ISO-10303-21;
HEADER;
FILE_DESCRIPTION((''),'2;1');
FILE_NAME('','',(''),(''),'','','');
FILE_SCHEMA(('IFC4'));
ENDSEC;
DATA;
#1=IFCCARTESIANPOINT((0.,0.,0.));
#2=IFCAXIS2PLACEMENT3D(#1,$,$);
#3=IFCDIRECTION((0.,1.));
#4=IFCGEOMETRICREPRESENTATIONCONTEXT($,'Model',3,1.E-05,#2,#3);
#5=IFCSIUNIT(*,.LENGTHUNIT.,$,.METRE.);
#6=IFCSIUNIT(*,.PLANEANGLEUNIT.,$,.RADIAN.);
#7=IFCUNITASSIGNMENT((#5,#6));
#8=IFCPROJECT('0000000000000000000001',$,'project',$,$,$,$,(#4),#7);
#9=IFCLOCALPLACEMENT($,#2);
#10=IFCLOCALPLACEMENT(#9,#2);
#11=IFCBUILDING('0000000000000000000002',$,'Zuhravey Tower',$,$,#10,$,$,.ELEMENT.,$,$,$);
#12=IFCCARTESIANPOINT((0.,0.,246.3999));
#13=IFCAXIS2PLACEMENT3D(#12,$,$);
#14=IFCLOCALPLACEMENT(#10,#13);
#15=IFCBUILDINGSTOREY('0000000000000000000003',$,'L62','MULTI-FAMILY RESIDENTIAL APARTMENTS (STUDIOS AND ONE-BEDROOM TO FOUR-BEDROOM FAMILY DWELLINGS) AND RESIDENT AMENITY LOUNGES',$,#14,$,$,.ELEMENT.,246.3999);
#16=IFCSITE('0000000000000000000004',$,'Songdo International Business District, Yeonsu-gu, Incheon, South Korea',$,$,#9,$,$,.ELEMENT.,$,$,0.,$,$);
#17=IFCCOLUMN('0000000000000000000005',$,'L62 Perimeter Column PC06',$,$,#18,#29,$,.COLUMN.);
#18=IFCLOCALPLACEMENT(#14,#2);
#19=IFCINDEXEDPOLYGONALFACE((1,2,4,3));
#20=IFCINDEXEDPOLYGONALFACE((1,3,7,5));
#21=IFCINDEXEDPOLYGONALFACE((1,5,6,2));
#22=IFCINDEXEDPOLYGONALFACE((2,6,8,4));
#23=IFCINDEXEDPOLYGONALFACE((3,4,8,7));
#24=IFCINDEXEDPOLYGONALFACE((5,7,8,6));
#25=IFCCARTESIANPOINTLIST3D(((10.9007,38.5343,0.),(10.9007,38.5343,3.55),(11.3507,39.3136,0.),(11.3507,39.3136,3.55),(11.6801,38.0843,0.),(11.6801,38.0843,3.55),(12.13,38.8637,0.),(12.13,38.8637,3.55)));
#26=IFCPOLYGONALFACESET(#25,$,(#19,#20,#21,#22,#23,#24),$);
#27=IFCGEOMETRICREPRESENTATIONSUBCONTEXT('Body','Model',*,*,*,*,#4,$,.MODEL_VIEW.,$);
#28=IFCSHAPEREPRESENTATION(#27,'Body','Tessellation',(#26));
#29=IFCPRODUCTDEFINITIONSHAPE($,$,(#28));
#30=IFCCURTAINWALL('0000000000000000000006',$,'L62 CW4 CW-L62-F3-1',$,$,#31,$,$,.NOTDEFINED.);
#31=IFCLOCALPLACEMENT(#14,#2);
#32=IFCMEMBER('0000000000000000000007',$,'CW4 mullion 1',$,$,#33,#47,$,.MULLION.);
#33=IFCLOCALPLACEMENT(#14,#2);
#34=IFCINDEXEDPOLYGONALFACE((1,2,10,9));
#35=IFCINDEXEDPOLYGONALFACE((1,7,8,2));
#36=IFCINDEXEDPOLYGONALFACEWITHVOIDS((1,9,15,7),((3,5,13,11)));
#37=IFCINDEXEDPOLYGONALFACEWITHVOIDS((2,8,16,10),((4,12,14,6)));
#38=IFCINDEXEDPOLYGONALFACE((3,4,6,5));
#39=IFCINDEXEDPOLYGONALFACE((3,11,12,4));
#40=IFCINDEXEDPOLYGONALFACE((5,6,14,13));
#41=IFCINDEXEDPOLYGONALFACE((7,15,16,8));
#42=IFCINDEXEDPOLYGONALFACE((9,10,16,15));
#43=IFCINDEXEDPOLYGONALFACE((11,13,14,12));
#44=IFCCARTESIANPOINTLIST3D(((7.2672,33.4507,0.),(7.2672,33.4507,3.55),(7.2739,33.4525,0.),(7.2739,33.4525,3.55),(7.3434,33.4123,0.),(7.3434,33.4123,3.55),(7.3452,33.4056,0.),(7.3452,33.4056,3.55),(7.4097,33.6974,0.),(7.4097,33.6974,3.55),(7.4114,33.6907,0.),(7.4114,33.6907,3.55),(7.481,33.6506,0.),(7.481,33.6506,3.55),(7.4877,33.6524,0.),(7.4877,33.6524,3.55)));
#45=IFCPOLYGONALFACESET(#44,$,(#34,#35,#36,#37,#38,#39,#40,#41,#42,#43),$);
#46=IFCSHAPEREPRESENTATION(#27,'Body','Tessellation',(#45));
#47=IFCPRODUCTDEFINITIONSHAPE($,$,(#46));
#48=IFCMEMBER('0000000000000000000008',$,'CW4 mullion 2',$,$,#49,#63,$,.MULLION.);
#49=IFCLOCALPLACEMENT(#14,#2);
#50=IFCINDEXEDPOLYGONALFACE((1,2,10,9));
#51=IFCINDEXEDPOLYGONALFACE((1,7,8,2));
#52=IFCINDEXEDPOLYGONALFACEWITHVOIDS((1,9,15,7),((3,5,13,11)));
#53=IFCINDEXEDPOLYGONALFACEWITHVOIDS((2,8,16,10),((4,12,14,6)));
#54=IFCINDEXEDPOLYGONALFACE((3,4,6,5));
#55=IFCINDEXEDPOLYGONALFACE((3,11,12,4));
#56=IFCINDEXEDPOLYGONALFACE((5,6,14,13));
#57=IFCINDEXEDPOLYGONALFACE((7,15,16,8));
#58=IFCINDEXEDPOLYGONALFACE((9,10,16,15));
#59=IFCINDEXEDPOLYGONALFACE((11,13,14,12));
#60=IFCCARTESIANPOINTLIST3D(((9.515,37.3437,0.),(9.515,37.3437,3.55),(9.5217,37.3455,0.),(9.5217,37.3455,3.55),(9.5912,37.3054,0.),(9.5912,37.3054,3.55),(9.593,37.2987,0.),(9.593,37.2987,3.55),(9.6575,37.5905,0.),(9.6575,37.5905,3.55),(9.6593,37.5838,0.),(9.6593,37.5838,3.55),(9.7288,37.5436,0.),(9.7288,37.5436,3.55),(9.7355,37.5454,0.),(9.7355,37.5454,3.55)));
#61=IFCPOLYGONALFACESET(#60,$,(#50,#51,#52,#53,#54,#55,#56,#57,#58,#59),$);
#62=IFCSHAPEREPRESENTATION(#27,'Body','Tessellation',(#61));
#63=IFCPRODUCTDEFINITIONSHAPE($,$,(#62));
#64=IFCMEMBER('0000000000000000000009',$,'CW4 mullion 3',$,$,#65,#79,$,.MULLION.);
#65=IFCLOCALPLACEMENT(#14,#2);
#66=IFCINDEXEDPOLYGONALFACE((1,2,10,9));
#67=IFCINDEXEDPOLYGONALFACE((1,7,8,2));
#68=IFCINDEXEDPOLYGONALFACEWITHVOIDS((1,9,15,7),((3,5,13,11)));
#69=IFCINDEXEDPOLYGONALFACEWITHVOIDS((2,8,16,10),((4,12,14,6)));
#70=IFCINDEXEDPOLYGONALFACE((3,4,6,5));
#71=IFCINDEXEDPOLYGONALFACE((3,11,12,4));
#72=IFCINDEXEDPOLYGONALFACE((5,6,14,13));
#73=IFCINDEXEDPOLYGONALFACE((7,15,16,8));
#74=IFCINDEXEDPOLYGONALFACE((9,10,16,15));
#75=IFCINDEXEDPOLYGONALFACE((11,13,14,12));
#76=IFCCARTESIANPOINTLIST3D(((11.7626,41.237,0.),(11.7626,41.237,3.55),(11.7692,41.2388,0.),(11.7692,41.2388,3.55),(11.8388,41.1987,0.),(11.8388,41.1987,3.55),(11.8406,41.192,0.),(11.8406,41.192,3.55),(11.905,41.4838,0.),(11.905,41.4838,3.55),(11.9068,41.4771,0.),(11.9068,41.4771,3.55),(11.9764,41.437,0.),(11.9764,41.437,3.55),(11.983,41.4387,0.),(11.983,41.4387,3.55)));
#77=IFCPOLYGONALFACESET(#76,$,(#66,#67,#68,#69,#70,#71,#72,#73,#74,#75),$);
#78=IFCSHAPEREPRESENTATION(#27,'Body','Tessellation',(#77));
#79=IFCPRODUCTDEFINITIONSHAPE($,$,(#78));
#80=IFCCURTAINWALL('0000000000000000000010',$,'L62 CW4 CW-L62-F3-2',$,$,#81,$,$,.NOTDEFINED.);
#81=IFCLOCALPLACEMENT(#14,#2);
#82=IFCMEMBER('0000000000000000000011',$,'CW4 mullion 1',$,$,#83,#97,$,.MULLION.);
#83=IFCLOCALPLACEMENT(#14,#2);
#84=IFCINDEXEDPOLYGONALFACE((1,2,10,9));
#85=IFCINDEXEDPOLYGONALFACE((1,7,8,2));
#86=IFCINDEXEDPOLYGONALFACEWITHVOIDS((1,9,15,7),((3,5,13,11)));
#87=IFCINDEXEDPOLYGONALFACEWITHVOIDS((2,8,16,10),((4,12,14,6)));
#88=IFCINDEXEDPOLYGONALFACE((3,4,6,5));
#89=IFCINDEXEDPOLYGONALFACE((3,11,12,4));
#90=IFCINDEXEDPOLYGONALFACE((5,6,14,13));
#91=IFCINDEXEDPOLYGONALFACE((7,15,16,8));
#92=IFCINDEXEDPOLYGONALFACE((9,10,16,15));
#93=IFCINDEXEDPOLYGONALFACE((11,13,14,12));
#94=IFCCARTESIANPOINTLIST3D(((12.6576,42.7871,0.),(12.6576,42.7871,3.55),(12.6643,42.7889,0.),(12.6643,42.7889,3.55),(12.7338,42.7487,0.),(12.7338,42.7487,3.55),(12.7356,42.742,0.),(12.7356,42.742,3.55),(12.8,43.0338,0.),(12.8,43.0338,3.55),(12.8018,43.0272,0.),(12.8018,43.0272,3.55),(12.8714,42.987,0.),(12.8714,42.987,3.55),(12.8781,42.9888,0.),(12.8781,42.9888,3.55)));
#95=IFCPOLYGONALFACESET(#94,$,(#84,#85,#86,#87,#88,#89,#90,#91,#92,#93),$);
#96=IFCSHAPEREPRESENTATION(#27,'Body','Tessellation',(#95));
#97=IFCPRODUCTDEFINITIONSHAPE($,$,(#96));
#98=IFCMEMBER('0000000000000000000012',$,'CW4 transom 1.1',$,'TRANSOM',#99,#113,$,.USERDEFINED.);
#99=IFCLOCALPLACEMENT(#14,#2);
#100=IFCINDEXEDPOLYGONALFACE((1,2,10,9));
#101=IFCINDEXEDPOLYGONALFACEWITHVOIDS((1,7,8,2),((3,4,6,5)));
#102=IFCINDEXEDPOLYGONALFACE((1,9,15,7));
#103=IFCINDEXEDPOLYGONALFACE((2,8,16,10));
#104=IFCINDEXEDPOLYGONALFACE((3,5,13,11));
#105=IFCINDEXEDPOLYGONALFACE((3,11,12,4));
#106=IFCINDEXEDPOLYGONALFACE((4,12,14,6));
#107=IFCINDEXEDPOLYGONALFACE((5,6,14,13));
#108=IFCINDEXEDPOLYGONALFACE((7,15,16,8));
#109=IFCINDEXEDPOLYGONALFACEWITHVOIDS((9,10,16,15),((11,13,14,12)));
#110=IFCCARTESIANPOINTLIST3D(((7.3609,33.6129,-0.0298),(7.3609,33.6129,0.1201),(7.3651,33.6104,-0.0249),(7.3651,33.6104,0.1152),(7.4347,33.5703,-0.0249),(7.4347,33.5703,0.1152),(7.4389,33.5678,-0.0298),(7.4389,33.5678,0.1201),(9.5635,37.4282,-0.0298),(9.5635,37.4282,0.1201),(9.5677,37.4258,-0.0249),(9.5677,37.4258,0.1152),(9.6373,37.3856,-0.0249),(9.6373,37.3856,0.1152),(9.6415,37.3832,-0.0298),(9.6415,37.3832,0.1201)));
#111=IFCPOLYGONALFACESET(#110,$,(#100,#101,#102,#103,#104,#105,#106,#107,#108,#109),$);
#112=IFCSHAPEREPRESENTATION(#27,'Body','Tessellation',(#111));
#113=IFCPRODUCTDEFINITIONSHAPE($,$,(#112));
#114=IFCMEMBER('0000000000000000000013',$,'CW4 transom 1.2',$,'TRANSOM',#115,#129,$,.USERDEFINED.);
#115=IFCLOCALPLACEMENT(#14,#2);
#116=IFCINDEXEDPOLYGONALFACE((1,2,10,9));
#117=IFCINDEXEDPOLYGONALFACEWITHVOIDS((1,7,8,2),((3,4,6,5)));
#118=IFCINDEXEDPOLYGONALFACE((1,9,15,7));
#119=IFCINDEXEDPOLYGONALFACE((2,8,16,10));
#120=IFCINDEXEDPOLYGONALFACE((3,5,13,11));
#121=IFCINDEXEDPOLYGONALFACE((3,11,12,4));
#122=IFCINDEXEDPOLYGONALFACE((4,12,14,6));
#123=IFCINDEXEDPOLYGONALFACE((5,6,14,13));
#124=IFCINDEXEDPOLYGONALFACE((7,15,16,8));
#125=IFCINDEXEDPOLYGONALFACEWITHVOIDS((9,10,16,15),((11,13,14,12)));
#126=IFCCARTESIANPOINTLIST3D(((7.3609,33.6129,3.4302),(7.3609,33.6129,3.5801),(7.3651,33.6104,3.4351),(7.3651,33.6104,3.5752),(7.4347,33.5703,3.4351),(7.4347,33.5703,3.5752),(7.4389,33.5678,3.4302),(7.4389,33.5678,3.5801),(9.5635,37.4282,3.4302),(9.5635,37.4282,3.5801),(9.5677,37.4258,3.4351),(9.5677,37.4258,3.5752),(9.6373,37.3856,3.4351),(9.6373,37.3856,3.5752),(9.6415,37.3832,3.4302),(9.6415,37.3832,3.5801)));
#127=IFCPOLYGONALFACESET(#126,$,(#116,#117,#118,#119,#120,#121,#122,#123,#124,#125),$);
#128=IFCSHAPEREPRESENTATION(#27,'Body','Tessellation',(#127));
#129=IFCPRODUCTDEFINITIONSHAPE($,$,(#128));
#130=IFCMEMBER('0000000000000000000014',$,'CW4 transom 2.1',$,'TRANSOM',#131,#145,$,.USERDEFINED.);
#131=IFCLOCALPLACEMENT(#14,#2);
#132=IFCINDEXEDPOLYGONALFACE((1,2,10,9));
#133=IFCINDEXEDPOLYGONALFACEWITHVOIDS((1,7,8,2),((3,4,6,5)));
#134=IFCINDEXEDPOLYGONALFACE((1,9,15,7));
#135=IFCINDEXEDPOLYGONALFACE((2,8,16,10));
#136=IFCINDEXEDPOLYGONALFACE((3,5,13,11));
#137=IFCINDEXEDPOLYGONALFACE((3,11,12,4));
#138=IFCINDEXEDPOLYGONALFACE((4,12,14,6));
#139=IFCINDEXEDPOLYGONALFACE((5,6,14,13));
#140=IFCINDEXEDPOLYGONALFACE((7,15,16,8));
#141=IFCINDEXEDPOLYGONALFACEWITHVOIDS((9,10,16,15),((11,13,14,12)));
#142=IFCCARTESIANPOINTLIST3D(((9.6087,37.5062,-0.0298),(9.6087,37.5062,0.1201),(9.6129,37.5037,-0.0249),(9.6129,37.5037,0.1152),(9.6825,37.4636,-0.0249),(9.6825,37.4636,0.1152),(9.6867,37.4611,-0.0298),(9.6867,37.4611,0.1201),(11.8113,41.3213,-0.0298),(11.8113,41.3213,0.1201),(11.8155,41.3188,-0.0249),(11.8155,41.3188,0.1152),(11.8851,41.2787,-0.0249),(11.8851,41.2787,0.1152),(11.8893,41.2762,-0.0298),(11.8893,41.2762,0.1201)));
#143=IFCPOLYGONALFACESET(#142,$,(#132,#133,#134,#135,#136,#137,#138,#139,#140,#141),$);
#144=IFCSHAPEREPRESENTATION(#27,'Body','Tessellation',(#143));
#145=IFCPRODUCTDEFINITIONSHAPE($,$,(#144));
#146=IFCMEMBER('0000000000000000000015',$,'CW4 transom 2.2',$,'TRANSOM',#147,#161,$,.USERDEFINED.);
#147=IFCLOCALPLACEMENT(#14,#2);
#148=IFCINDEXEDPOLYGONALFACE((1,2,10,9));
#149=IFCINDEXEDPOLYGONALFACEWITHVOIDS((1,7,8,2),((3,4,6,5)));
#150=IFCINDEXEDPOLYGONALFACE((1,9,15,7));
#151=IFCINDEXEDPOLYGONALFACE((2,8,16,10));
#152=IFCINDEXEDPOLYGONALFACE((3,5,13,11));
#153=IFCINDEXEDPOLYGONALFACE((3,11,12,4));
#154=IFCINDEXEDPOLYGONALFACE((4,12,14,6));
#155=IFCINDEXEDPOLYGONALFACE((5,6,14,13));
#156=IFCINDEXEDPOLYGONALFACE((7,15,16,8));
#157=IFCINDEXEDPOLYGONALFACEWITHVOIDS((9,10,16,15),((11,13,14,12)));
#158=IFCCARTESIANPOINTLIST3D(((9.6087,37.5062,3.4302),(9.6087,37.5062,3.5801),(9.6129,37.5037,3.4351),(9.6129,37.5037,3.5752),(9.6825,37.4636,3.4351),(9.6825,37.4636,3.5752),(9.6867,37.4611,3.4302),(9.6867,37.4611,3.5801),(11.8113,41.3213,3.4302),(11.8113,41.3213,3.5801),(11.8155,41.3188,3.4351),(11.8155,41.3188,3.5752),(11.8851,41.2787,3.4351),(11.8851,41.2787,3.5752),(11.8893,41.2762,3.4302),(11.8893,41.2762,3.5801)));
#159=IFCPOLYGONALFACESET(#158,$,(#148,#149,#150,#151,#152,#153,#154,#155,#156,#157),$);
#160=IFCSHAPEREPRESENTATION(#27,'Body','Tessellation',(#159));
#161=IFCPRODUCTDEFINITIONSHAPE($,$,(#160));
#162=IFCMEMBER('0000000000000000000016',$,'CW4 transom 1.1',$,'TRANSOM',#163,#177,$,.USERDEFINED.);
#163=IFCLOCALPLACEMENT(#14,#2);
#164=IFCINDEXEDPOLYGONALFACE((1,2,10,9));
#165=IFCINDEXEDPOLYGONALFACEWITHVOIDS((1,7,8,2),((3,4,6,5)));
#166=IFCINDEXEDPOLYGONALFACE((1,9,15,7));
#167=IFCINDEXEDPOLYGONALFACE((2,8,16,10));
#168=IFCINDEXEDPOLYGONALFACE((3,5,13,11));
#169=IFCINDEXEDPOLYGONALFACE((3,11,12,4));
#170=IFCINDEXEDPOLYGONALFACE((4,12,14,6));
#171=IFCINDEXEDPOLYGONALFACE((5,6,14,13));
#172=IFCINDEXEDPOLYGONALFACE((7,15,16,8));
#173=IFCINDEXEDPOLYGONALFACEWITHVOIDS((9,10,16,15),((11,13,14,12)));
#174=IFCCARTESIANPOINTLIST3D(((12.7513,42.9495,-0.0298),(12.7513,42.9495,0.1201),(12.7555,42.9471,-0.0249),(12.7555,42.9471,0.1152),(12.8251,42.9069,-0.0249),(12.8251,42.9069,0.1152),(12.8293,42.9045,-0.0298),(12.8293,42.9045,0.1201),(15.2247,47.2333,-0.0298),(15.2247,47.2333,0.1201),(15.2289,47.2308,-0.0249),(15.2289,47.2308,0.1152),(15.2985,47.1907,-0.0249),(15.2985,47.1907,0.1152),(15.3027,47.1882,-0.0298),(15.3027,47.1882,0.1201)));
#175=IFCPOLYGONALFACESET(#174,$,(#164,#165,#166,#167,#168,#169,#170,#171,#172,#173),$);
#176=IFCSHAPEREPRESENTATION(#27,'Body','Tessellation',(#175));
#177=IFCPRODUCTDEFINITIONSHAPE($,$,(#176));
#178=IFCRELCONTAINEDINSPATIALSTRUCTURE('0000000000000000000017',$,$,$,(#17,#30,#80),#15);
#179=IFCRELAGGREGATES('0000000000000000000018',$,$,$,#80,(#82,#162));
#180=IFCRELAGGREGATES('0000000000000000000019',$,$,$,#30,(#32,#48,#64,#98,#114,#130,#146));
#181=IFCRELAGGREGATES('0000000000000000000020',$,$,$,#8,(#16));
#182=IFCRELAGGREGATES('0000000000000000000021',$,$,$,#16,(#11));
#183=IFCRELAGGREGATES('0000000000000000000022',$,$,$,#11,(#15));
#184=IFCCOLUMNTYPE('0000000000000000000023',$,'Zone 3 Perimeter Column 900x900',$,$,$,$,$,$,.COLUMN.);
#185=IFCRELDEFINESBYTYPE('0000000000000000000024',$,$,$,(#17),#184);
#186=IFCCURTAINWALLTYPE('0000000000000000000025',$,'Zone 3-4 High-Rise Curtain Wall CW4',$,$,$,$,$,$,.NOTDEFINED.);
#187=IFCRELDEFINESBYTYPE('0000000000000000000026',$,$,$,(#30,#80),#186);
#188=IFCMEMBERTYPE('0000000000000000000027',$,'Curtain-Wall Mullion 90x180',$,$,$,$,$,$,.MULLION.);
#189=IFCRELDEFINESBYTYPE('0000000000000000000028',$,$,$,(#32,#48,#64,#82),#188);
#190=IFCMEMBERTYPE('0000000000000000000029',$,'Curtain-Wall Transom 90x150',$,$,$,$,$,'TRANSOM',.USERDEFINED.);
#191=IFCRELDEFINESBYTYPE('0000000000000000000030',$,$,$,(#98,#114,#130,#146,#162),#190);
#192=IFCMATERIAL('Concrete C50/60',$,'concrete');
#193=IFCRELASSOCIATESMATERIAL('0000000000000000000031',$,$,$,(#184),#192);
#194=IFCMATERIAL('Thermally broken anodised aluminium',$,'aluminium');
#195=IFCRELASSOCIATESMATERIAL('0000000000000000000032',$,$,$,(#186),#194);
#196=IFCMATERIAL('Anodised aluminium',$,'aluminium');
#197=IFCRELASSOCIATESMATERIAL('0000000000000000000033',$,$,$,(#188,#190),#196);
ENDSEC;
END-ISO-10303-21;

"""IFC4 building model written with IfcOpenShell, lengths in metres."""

from ifc_helpers import new_model, si_unit, direction, frame, origin, origin_2d, place, context, subcontext, project, spatial, rectangle, hollow_rectangle, extrude, material, material_profile, profile_set, type_object, element, aggregate, save


model = new_model("IFC4")

# Units and contexts
model_context = context("Model", 3, precision=1e-05, world=origin(), true_north=direction((0.0, 1.0)))
body_context = subcontext(model_context, "Body", "Model", "MODEL_VIEW")
ifc_project = project(units=[si_unit("LENGTHUNIT", "METRE"), si_unit("PLANEANGLEUNIT", "RADIAN")], contexts=[model_context])

# Site, building, storey
site_placement = place(None, origin())
site = spatial("IfcSite", under=ifc_project, at=site_placement, Name="Songdo International Business District, Yeonsu-gu, Incheon, South Korea", CompositionType="ELEMENT", RefElevation=0.0)
building_placement = place(site_placement, origin())
building = spatial("IfcBuilding", under=site, at=building_placement, Name="Zuhravey Tower", CompositionType="ELEMENT")
storey_placement = place(building_placement, frame((0.0, 0.0, 246.3999)))
storey = spatial("IfcBuildingStorey", under=building, at=storey_placement, Name="L62", Description="MULTI-FAMILY RESIDENTIAL APARTMENTS (STUDIOS AND ONE-BEDROOM TO FOUR-BEDROOM FAMILY DWELLINGS) AND RESIDENT AMENITY LOUNGES", CompositionType="ELEMENT", Elevation=246.3999)

# Column
ifc_material_1 = material(Name="Concrete C50/60", Category="concrete")
ifc_material_profile_1 = material_profile(ifc_material_1, rectangle(XDim=0.8999, YDim=0.8999, at=origin_2d()), Name="RC-900x900")
ifc_profile_set_1 = profile_set([ifc_material_profile_1], Name="Concrete C50/60")
column_type = type_object("IfcColumnType", Name="Zone 3 Perimeter Column 900x900", PredefinedType="COLUMN", material=ifc_profile_set_1)
column_placement = place(storey_placement, frame((11.5154, 38.699, 0.0), z_axis=(0.0, 0.0, 1.0), x_axis=(-0.5, -0.866025, 0.0)))
element("IfcColumn", 1, at=column_placement, inside=storey, type_object=column_type, Name="L62 Perimeter Column PC06", PredefinedType="COLUMN", context=body_context, shape_type="SweptSolid", body=[
    extrude(rectangle(XDim=0.8999, YDim=0.8999, at=origin_2d()), origin(), (0.0, 0.0, 1.0), 3.55),
])

# Curtain wall, members
ifc_material_2 = material(Name="Thermally broken anodised aluminium", Category="aluminium")
curtain_wall_type = type_object("IfcCurtainWallType", Name="Zone 3-4 High-Rise Curtain Wall CW4", PredefinedType="NOTDEFINED", material=ifc_material_2)
curtain_wall_1_placement = place(storey_placement, origin())
curtain_wall_1 = element("IfcCurtainWall", 2, at=curtain_wall_1_placement, inside=storey, type_object=curtain_wall_type, Name="L62 CW4 CW-L62-F3-1", PredefinedType="NOTDEFINED")
ifc_material_3 = material(Name="Anodised aluminium", Category="aluminium")
ifc_material_profile_2 = material_profile(ifc_material_3, hollow_rectangle(XDim=0.0901, YDim=0.2849, WallThickness=0.0049, at=origin_2d()), Name="ALU-RHS-90x285x5")
ifc_profile_set_2 = profile_set([ifc_material_profile_2], Name="Anodised aluminium")
member_type_1 = type_object("IfcMemberType", Name="Curtain-Wall Mullion 90x180", PredefinedType="MULLION", material=ifc_profile_set_2)
member_1_placement = place(storey_placement, frame((7.3774, 33.5515, 0.0), z_axis=(0.0, 0.0, 1.0), x_axis=(-0.866023, 0.500004, 0.0)))
member_1 = element("IfcMember", 3, at=member_1_placement, type_object=member_type_1, Name="CW4 mullion 1", PredefinedType="MULLION", context=body_context, shape_type="SweptSolid", body=[
    extrude(hollow_rectangle(XDim=0.0901, YDim=0.2849, WallThickness=0.0049, at=origin_2d()), origin(), (0.0, 0.0, 1.0), 3.55),
])
member_2_placement = place(storey_placement, frame((9.6252, 37.4446, 0.0), z_axis=(0.0, 0.0, 1.0), x_axis=(-0.866023, 0.500004, 0.0)))
member_2 = element("IfcMember", 4, at=member_2_placement, type_object=member_type_1, Name="CW4 mullion 2", PredefinedType="MULLION", context=body_context, shape_type="SweptSolid", body=[
    extrude(hollow_rectangle(XDim=0.0901, YDim=0.2849, WallThickness=0.0049, at=origin_2d()), origin(), (0.0, 0.0, 1.0), 3.55),
])
member_3_placement = place(storey_placement, frame((11.8728, 41.3379, 0.0), z_axis=(0.0, 0.0, 1.0), x_axis=(-0.866023, 0.500004, 0.0)))
member_3 = element("IfcMember", 5, at=member_3_placement, type_object=member_type_1, Name="CW4 mullion 3", PredefinedType="MULLION", context=body_context, shape_type="SweptSolid", body=[
    extrude(hollow_rectangle(XDim=0.0901, YDim=0.2849, WallThickness=0.0049, at=origin_2d()), origin(), (0.0, 0.0, 1.0), 3.55),
])

# Curtain wall, member
curtain_wall_2_placement = place(storey_placement, origin())
curtain_wall_2 = element("IfcCurtainWall", 6, at=curtain_wall_2_placement, inside=storey, type_object=curtain_wall_type, Name="L62 CW4 CW-L62-F3-2", PredefinedType="NOTDEFINED")
member_4_placement = place(storey_placement, frame((12.7678, 42.8879, 0.0), z_axis=(0.0, 0.0, 1.0), x_axis=(-0.866026, 0.499998, 0.0)))
member_4 = element("IfcMember", 7, at=member_4_placement, type_object=member_type_1, Name="CW4 mullion 1", PredefinedType="MULLION", context=body_context, shape_type="SweptSolid", body=[
    extrude(hollow_rectangle(XDim=0.0901, YDim=0.2849, WallThickness=0.0049, at=origin_2d()), origin(), (0.0, 0.0, 1.0), 3.55),
])

# Members
ifc_material_profile_3 = material_profile(ifc_material_3, hollow_rectangle(XDim=0.0901, YDim=0.1499, WallThickness=0.0049, at=origin_2d()), Name="ALU-RHS-90x150x5")
ifc_profile_set_3 = profile_set([ifc_material_profile_3], Name="Anodised aluminium")
member_type_2 = type_object("IfcMemberType", Name="Curtain-Wall Transom 90x150", ElementType="TRANSOM", PredefinedType="USERDEFINED", material=ifc_profile_set_3)
member_5_placement = place(storey_placement, frame((7.3999, 33.5903, 0.0452), z_axis=(0.499966, 0.866045, 0.0), x_axis=(-0.866045, 0.499966, 0.0)))
member_5 = element("IfcMember", 8, at=member_5_placement, type_object=member_type_2, Name="CW4 transom 1.1", ObjectType="TRANSOM", PredefinedType="USERDEFINED", context=body_context, shape_type="SweptSolid", body=[
    extrude(hollow_rectangle(XDim=0.0901, YDim=0.1499, WallThickness=0.0049, at=origin_2d()), origin(), (0.0, 0.0, 1.0), 4.4055),
])
member_6_placement = place(storey_placement, frame((7.3999, 33.5903, 3.5051), z_axis=(0.499966, 0.866045, 0.0), x_axis=(-0.866045, 0.499966, 0.0)))
member_6 = element("IfcMember", 9, at=member_6_placement, type_object=member_type_2, Name="CW4 transom 1.2", ObjectType="TRANSOM", PredefinedType="USERDEFINED", context=body_context, shape_type="SweptSolid", body=[
    extrude(hollow_rectangle(XDim=0.0901, YDim=0.1499, WallThickness=0.0049, at=origin_2d()), origin(), (0.0, 0.0, 1.0), 4.4055),
])
member_7_placement = place(storey_placement, frame((9.6477, 37.4836, 0.0452), z_axis=(0.499989, 0.866031, 0.0), x_axis=(-0.866031, 0.499989, 0.0)))
member_7 = element("IfcMember", 10, at=member_7_placement, type_object=member_type_2, Name="CW4 transom 2.1", ObjectType="TRANSOM", PredefinedType="USERDEFINED", context=body_context, shape_type="SweptSolid", body=[
    extrude(hollow_rectangle(XDim=0.0901, YDim=0.1499, WallThickness=0.0049, at=origin_2d()), origin(), (0.0, 0.0, 1.0), 4.4053),
])
member_8_placement = place(storey_placement, frame((9.6477, 37.4836, 3.5051), z_axis=(0.499989, 0.866031, 0.0), x_axis=(-0.866031, 0.499989, 0.0)))
member_8 = element("IfcMember", 11, at=member_8_placement, type_object=member_type_2, Name="CW4 transom 2.2", ObjectType="TRANSOM", PredefinedType="USERDEFINED", context=body_context, shape_type="SweptSolid", body=[
    extrude(hollow_rectangle(XDim=0.0901, YDim=0.1499, WallThickness=0.0049, at=origin_2d()), origin(), (0.0, 0.0, 1.0), 4.4053),
])
member_9_placement = place(storey_placement, frame((12.7903, 42.927, 0.0452), z_axis=(0.50003, 0.866008, 0.0), x_axis=(-0.866008, 0.50003, 0.0)))
member_9 = element("IfcMember", 12, at=member_9_placement, type_object=member_type_2, Name="CW4 transom 1.1", ObjectType="TRANSOM", PredefinedType="USERDEFINED", context=body_context, shape_type="SweptSolid", body=[
    extrude(hollow_rectangle(XDim=0.0901, YDim=0.1499, WallThickness=0.0049, at=origin_2d()), origin(), (0.0, 0.0, 1.0), 4.9465),
])
aggregate(curtain_wall_2, [member_4, member_9])

aggregate(curtain_wall_1, [member_1, member_2, member_3, member_5, member_6, member_7, member_8])

save(model, "model.ifc")
